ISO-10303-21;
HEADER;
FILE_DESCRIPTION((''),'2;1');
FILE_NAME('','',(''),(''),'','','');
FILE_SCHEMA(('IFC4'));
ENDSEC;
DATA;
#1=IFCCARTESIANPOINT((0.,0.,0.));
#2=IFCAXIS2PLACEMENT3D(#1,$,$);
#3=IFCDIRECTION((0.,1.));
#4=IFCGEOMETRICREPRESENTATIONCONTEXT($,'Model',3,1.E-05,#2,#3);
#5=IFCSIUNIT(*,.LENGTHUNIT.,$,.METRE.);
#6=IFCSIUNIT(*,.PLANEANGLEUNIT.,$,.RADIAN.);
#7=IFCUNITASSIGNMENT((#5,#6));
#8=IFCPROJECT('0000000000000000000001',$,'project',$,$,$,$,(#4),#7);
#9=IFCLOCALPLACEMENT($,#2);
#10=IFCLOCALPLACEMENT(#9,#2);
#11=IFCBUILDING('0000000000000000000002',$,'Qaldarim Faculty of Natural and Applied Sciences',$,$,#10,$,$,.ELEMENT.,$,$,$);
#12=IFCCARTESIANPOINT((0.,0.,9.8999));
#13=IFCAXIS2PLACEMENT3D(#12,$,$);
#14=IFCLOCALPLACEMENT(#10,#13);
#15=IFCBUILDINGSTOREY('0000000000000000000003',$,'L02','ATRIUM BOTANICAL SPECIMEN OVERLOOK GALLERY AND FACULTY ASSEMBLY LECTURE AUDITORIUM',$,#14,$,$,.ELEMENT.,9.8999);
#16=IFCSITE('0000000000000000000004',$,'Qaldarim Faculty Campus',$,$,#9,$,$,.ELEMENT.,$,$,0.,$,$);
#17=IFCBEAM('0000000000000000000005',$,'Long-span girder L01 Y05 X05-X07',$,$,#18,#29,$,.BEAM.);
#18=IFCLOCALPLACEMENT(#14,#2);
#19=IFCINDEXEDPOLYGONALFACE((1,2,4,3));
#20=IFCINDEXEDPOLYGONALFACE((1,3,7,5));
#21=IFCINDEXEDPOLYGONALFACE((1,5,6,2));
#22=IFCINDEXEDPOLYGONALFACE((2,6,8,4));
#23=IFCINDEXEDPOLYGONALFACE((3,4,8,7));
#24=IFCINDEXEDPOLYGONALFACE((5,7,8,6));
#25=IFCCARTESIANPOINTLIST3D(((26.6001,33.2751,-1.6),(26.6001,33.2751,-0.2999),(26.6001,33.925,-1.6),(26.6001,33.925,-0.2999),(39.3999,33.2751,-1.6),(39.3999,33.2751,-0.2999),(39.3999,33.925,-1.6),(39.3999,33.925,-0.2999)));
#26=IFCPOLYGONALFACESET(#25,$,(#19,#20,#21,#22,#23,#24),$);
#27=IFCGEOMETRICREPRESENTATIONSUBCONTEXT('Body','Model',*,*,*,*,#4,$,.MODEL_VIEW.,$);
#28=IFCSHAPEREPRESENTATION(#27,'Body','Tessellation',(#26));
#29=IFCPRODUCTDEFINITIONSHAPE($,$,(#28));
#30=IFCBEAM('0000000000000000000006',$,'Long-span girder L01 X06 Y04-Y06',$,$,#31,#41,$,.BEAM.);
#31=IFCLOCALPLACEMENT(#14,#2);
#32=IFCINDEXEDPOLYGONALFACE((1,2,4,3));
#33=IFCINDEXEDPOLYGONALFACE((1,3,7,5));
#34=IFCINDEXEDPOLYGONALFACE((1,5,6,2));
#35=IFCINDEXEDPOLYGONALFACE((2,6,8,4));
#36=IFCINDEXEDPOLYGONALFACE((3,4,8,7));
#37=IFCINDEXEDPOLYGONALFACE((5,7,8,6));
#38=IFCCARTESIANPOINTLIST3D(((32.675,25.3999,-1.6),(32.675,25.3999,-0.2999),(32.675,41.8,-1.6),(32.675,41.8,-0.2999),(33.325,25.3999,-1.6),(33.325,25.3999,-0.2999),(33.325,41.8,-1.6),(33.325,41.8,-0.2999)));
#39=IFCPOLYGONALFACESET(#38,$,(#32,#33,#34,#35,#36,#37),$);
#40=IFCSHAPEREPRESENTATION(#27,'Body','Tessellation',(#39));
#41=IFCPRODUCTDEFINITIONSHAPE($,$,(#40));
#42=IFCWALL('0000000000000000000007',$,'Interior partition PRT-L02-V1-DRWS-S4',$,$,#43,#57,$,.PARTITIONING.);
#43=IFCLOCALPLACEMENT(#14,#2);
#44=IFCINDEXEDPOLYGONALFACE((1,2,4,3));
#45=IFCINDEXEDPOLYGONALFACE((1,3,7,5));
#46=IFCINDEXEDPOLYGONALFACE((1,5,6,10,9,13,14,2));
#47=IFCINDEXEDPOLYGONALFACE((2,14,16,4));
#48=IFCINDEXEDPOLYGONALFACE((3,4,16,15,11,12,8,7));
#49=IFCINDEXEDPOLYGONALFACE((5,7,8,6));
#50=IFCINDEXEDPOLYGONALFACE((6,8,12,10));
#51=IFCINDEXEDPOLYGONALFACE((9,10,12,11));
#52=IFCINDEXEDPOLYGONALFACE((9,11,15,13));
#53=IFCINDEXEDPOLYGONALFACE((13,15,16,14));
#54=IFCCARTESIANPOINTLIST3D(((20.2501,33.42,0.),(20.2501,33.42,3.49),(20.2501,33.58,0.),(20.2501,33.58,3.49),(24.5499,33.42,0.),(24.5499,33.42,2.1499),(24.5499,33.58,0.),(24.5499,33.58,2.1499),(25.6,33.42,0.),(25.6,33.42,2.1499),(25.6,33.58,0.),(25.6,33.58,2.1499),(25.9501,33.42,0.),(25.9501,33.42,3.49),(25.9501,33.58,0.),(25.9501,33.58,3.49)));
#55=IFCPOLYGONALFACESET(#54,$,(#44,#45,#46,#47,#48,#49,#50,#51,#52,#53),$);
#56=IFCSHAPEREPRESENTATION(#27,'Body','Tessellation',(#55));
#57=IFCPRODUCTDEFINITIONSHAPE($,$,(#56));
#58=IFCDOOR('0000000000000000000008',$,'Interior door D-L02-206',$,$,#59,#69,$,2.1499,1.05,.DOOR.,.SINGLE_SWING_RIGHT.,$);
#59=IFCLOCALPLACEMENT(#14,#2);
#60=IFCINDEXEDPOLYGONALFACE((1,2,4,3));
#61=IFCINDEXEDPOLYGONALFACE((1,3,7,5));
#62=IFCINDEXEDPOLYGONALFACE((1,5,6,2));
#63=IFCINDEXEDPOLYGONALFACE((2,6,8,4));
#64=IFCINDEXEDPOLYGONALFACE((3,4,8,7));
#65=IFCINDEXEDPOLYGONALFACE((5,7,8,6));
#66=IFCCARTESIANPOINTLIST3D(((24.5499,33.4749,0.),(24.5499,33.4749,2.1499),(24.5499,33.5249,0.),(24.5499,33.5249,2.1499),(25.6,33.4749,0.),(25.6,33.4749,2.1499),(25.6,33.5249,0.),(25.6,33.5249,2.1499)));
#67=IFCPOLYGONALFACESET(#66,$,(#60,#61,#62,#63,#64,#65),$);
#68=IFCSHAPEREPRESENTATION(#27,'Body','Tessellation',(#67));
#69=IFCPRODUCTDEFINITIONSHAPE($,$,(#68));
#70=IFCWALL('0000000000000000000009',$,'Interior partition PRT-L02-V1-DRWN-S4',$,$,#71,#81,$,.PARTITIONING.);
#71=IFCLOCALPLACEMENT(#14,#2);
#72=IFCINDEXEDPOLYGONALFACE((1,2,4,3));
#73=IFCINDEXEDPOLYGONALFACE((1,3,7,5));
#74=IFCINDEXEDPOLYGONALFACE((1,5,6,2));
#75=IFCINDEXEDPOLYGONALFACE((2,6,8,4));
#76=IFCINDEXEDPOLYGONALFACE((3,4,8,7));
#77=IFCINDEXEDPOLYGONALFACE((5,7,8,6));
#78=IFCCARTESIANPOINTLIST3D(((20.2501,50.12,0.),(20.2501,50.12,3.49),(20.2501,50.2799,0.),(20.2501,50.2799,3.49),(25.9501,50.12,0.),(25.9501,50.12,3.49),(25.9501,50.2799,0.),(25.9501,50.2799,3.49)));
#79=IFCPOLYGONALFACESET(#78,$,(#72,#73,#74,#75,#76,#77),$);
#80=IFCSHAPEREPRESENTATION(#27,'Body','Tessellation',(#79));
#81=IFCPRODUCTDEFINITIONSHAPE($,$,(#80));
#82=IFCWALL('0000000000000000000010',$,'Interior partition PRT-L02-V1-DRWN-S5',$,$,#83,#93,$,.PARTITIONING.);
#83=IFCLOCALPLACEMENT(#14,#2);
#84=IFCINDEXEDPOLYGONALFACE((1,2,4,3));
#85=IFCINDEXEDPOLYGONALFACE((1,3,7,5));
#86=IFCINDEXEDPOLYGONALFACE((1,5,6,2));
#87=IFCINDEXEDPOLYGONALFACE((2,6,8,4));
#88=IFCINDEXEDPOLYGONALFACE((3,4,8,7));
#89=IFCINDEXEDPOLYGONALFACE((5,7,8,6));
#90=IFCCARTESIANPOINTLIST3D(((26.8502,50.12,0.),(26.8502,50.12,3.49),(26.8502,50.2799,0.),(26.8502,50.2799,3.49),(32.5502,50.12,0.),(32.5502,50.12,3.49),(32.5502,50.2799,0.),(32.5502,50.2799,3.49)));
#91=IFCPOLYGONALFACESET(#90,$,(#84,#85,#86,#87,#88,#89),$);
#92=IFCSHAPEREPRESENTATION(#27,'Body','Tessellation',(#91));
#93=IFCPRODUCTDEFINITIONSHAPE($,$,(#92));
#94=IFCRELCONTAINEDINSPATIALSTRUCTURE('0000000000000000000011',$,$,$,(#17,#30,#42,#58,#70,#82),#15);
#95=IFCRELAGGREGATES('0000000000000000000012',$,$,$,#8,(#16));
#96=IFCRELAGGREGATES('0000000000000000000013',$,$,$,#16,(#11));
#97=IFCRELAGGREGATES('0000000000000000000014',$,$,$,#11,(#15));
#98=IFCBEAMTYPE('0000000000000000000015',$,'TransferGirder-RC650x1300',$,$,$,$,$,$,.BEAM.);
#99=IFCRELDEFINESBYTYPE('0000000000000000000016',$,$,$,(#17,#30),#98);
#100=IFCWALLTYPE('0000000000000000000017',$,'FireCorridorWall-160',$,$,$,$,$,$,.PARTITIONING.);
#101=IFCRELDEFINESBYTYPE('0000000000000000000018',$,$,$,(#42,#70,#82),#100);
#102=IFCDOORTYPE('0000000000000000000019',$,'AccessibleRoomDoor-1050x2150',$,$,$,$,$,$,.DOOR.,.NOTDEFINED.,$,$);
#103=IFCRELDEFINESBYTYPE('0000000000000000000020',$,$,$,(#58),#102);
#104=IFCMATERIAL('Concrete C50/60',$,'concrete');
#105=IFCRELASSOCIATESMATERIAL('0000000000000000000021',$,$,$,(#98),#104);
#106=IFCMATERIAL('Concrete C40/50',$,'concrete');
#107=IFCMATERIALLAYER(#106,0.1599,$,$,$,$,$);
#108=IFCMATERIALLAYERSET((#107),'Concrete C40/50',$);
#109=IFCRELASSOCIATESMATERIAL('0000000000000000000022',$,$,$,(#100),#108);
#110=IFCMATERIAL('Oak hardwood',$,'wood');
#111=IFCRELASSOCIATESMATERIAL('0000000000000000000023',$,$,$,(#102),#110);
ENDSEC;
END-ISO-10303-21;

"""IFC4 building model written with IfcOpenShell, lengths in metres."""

from ifc_helpers import new_model, si_unit, direction, frame, frame_2d, origin, origin_2d, place, context, subcontext, project, spatial, rectangle, extrude, material, layer, layer_set, material_profile, profile_set, type_object, element, fill, save


model = new_model("IFC4")

# Units and contexts
model_context = context("Model", 3, precision=1e-05, world=origin(), true_north=direction((0.0, 1.0)))
body_context = subcontext(model_context, "Body", "Model", "MODEL_VIEW")
ifc_project = project(units=[si_unit("LENGTHUNIT", "METRE"), si_unit("PLANEANGLEUNIT", "RADIAN")], contexts=[model_context])

# Site, building, storey
site_placement = place(None, origin())
site = spatial("IfcSite", under=ifc_project, at=site_placement, Name="Qaldarim Faculty Campus", CompositionType="ELEMENT", RefElevation=0.0)
building_placement = place(site_placement, origin())
building = spatial("IfcBuilding", under=site, at=building_placement, Name="Qaldarim Faculty of Natural and Applied Sciences", CompositionType="ELEMENT")
storey_placement = place(building_placement, frame((0.0, 0.0, 9.8999)))
storey = spatial("IfcBuildingStorey", under=building, at=storey_placement, Name="L02", Description="ATRIUM BOTANICAL SPECIMEN OVERLOOK GALLERY AND FACULTY ASSEMBLY LECTURE AUDITORIUM", CompositionType="ELEMENT", Elevation=9.8999)

# Shared definitions
ifc_material_1 = material(Name="Concrete C40/50", Category="concrete")
ifc_material_2 = material(Name="Concrete C50/60", Category="concrete")

# Beams
ifc_material_profile_1 = material_profile(ifc_material_2, rectangle(XDim=0.6499, YDim=1.3, at=origin_2d()), Name="RC-TG650x1300")
ifc_profile_set_1 = profile_set([ifc_material_profile_1], Name="Concrete C50/60")
beam_type_1 = type_object("IfcBeamType", Name="TransferGirder-RC650x1300", PredefinedType="BEAM", material=ifc_profile_set_1)
beam_1_placement = place(storey_placement, frame((26.6001, 33.6001, -0.95), z_axis=(1.0, 0.0, 0.0), x_axis=(0.0, 1.0, 0.0)))
element("IfcBeam", 1, at=beam_1_placement, inside=storey, type_object=beam_type_1, Name="Long-span girder L01 Y05 X05-X07", PredefinedType="BEAM", context=body_context, shape_type="SweptSolid", body=[
    extrude(rectangle(XDim=0.6499, YDim=1.3, at=origin_2d()), origin(), (0.0, 0.0, 1.0), 12.7998),
])
beam_2_placement = place(storey_placement, frame((33.0, 25.3999, -0.95), z_axis=(0.0, 1.0, 0.0), x_axis=(-1.0, 0.0, 0.0)))
element("IfcBeam", 2, at=beam_2_placement, inside=storey, type_object=beam_type_1, Name="Long-span girder L01 X06 Y04-Y06", PredefinedType="BEAM", context=body_context, shape_type="SweptSolid", body=[
    extrude(rectangle(XDim=0.6499, YDim=1.3, at=origin_2d()), origin(), (0.0, 0.0, 1.0), 16.4001),
])

# Wall, opening, door
ifc_layer = layer(ifc_material_1, 0.1599)
ifc_layer_set = layer_set([ifc_layer], Name="Concrete C40/50")
wall_type = type_object("IfcWallType", Name="FireCorridorWall-160", PredefinedType="PARTITIONING", material=ifc_layer_set)
wall_1_placement = place(storey_placement, frame((20.25, 33.5, 0.0), z_axis=(0.0, 0.0, 1.0), x_axis=(1.0, 0.0, 0.0)))
wall_1 = element("IfcWall", 3, at=wall_1_placement, inside=storey, type_object=wall_type, Name="Interior partition PRT-L02-V1-DRWS-S4", PredefinedType="PARTITIONING", context=body_context, shape_type="SweptSolid", body=[
    extrude(rectangle(XDim=5.7, YDim=0.1599, at=frame_2d((2.8501, 0.0))), origin(), (0.0, 0.0, 1.0), 3.49),
])
opening_1_placement = place(wall_1_placement, frame((4.3, 0.0, 0.0)))
opening_1 = element("IfcOpeningElement", 4, at=opening_1_placement, cuts=wall_1, PredefinedType="OPENING", context=body_context, shape_type="SweptSolid", body=[
    extrude(rectangle(XDim=1.05, YDim=2.1499, at=frame_2d((0.5249, 1.075))), frame((0.0, 0.0898, 0.0), z_axis=(0.0, -1.0, 0.0), x_axis=(1.0, 0.0, 0.0)), (0.0, 0.0, 1.0), 0.1799),
])
ifc_material_3 = material(Name="Oak hardwood", Category="wood")
door_type = type_object("IfcDoorType", Name="AccessibleRoomDoor-1050x2150", OperationType="NOTDEFINED", PredefinedType="DOOR", material=ifc_material_3)
door_1_placement = place(opening_1_placement, origin())
door_1 = element("IfcDoor", 5, at=door_1_placement, inside=storey, type_object=door_type, Name="Interior door D-L02-206", OperationType="SINGLE_SWING_RIGHT", OverallHeight=2.1499, OverallWidth=1.05, PredefinedType="DOOR", context=body_context, shape_type="SweptSolid", body=[
    extrude(rectangle(XDim=1.05, YDim=2.1499, at=frame_2d((0.5249, 1.075))), frame((0.0, 0.0249, 0.0), z_axis=(0.0, -1.0, 0.0), x_axis=(1.0, 0.0, 0.0)), (0.0, 0.0, 1.0), 0.05),
])
fill(opening_1, door_1)

# Walls
for number, where, z_axis, x_axis, name in (
    (6, (20.25, 50.2, 0.0), (0.0, 0.0, 1.0), (1.0, 0.0, 0.0), "Interior partition PRT-L02-V1-DRWN-S4"),
    (7, (26.8501, 50.2, 0.0), (0.0, 0.0, 1.0), (1.0, 0.0, 0.0), "Interior partition PRT-L02-V1-DRWN-S5"),
):
    element("IfcWall", number, at=place(storey_placement, frame(where, z_axis=z_axis, x_axis=x_axis)), inside=storey, type_object=wall_type, Name=name, PredefinedType="PARTITIONING", context=body_context, shape_type="SweptSolid", body=[
        extrude(rectangle(XDim=5.7, YDim=0.1599, at=frame_2d((2.8501, 0.0))), origin(), (0.0, 0.0, 1.0), 3.49),
    ])

save(model, "model.ifc")
